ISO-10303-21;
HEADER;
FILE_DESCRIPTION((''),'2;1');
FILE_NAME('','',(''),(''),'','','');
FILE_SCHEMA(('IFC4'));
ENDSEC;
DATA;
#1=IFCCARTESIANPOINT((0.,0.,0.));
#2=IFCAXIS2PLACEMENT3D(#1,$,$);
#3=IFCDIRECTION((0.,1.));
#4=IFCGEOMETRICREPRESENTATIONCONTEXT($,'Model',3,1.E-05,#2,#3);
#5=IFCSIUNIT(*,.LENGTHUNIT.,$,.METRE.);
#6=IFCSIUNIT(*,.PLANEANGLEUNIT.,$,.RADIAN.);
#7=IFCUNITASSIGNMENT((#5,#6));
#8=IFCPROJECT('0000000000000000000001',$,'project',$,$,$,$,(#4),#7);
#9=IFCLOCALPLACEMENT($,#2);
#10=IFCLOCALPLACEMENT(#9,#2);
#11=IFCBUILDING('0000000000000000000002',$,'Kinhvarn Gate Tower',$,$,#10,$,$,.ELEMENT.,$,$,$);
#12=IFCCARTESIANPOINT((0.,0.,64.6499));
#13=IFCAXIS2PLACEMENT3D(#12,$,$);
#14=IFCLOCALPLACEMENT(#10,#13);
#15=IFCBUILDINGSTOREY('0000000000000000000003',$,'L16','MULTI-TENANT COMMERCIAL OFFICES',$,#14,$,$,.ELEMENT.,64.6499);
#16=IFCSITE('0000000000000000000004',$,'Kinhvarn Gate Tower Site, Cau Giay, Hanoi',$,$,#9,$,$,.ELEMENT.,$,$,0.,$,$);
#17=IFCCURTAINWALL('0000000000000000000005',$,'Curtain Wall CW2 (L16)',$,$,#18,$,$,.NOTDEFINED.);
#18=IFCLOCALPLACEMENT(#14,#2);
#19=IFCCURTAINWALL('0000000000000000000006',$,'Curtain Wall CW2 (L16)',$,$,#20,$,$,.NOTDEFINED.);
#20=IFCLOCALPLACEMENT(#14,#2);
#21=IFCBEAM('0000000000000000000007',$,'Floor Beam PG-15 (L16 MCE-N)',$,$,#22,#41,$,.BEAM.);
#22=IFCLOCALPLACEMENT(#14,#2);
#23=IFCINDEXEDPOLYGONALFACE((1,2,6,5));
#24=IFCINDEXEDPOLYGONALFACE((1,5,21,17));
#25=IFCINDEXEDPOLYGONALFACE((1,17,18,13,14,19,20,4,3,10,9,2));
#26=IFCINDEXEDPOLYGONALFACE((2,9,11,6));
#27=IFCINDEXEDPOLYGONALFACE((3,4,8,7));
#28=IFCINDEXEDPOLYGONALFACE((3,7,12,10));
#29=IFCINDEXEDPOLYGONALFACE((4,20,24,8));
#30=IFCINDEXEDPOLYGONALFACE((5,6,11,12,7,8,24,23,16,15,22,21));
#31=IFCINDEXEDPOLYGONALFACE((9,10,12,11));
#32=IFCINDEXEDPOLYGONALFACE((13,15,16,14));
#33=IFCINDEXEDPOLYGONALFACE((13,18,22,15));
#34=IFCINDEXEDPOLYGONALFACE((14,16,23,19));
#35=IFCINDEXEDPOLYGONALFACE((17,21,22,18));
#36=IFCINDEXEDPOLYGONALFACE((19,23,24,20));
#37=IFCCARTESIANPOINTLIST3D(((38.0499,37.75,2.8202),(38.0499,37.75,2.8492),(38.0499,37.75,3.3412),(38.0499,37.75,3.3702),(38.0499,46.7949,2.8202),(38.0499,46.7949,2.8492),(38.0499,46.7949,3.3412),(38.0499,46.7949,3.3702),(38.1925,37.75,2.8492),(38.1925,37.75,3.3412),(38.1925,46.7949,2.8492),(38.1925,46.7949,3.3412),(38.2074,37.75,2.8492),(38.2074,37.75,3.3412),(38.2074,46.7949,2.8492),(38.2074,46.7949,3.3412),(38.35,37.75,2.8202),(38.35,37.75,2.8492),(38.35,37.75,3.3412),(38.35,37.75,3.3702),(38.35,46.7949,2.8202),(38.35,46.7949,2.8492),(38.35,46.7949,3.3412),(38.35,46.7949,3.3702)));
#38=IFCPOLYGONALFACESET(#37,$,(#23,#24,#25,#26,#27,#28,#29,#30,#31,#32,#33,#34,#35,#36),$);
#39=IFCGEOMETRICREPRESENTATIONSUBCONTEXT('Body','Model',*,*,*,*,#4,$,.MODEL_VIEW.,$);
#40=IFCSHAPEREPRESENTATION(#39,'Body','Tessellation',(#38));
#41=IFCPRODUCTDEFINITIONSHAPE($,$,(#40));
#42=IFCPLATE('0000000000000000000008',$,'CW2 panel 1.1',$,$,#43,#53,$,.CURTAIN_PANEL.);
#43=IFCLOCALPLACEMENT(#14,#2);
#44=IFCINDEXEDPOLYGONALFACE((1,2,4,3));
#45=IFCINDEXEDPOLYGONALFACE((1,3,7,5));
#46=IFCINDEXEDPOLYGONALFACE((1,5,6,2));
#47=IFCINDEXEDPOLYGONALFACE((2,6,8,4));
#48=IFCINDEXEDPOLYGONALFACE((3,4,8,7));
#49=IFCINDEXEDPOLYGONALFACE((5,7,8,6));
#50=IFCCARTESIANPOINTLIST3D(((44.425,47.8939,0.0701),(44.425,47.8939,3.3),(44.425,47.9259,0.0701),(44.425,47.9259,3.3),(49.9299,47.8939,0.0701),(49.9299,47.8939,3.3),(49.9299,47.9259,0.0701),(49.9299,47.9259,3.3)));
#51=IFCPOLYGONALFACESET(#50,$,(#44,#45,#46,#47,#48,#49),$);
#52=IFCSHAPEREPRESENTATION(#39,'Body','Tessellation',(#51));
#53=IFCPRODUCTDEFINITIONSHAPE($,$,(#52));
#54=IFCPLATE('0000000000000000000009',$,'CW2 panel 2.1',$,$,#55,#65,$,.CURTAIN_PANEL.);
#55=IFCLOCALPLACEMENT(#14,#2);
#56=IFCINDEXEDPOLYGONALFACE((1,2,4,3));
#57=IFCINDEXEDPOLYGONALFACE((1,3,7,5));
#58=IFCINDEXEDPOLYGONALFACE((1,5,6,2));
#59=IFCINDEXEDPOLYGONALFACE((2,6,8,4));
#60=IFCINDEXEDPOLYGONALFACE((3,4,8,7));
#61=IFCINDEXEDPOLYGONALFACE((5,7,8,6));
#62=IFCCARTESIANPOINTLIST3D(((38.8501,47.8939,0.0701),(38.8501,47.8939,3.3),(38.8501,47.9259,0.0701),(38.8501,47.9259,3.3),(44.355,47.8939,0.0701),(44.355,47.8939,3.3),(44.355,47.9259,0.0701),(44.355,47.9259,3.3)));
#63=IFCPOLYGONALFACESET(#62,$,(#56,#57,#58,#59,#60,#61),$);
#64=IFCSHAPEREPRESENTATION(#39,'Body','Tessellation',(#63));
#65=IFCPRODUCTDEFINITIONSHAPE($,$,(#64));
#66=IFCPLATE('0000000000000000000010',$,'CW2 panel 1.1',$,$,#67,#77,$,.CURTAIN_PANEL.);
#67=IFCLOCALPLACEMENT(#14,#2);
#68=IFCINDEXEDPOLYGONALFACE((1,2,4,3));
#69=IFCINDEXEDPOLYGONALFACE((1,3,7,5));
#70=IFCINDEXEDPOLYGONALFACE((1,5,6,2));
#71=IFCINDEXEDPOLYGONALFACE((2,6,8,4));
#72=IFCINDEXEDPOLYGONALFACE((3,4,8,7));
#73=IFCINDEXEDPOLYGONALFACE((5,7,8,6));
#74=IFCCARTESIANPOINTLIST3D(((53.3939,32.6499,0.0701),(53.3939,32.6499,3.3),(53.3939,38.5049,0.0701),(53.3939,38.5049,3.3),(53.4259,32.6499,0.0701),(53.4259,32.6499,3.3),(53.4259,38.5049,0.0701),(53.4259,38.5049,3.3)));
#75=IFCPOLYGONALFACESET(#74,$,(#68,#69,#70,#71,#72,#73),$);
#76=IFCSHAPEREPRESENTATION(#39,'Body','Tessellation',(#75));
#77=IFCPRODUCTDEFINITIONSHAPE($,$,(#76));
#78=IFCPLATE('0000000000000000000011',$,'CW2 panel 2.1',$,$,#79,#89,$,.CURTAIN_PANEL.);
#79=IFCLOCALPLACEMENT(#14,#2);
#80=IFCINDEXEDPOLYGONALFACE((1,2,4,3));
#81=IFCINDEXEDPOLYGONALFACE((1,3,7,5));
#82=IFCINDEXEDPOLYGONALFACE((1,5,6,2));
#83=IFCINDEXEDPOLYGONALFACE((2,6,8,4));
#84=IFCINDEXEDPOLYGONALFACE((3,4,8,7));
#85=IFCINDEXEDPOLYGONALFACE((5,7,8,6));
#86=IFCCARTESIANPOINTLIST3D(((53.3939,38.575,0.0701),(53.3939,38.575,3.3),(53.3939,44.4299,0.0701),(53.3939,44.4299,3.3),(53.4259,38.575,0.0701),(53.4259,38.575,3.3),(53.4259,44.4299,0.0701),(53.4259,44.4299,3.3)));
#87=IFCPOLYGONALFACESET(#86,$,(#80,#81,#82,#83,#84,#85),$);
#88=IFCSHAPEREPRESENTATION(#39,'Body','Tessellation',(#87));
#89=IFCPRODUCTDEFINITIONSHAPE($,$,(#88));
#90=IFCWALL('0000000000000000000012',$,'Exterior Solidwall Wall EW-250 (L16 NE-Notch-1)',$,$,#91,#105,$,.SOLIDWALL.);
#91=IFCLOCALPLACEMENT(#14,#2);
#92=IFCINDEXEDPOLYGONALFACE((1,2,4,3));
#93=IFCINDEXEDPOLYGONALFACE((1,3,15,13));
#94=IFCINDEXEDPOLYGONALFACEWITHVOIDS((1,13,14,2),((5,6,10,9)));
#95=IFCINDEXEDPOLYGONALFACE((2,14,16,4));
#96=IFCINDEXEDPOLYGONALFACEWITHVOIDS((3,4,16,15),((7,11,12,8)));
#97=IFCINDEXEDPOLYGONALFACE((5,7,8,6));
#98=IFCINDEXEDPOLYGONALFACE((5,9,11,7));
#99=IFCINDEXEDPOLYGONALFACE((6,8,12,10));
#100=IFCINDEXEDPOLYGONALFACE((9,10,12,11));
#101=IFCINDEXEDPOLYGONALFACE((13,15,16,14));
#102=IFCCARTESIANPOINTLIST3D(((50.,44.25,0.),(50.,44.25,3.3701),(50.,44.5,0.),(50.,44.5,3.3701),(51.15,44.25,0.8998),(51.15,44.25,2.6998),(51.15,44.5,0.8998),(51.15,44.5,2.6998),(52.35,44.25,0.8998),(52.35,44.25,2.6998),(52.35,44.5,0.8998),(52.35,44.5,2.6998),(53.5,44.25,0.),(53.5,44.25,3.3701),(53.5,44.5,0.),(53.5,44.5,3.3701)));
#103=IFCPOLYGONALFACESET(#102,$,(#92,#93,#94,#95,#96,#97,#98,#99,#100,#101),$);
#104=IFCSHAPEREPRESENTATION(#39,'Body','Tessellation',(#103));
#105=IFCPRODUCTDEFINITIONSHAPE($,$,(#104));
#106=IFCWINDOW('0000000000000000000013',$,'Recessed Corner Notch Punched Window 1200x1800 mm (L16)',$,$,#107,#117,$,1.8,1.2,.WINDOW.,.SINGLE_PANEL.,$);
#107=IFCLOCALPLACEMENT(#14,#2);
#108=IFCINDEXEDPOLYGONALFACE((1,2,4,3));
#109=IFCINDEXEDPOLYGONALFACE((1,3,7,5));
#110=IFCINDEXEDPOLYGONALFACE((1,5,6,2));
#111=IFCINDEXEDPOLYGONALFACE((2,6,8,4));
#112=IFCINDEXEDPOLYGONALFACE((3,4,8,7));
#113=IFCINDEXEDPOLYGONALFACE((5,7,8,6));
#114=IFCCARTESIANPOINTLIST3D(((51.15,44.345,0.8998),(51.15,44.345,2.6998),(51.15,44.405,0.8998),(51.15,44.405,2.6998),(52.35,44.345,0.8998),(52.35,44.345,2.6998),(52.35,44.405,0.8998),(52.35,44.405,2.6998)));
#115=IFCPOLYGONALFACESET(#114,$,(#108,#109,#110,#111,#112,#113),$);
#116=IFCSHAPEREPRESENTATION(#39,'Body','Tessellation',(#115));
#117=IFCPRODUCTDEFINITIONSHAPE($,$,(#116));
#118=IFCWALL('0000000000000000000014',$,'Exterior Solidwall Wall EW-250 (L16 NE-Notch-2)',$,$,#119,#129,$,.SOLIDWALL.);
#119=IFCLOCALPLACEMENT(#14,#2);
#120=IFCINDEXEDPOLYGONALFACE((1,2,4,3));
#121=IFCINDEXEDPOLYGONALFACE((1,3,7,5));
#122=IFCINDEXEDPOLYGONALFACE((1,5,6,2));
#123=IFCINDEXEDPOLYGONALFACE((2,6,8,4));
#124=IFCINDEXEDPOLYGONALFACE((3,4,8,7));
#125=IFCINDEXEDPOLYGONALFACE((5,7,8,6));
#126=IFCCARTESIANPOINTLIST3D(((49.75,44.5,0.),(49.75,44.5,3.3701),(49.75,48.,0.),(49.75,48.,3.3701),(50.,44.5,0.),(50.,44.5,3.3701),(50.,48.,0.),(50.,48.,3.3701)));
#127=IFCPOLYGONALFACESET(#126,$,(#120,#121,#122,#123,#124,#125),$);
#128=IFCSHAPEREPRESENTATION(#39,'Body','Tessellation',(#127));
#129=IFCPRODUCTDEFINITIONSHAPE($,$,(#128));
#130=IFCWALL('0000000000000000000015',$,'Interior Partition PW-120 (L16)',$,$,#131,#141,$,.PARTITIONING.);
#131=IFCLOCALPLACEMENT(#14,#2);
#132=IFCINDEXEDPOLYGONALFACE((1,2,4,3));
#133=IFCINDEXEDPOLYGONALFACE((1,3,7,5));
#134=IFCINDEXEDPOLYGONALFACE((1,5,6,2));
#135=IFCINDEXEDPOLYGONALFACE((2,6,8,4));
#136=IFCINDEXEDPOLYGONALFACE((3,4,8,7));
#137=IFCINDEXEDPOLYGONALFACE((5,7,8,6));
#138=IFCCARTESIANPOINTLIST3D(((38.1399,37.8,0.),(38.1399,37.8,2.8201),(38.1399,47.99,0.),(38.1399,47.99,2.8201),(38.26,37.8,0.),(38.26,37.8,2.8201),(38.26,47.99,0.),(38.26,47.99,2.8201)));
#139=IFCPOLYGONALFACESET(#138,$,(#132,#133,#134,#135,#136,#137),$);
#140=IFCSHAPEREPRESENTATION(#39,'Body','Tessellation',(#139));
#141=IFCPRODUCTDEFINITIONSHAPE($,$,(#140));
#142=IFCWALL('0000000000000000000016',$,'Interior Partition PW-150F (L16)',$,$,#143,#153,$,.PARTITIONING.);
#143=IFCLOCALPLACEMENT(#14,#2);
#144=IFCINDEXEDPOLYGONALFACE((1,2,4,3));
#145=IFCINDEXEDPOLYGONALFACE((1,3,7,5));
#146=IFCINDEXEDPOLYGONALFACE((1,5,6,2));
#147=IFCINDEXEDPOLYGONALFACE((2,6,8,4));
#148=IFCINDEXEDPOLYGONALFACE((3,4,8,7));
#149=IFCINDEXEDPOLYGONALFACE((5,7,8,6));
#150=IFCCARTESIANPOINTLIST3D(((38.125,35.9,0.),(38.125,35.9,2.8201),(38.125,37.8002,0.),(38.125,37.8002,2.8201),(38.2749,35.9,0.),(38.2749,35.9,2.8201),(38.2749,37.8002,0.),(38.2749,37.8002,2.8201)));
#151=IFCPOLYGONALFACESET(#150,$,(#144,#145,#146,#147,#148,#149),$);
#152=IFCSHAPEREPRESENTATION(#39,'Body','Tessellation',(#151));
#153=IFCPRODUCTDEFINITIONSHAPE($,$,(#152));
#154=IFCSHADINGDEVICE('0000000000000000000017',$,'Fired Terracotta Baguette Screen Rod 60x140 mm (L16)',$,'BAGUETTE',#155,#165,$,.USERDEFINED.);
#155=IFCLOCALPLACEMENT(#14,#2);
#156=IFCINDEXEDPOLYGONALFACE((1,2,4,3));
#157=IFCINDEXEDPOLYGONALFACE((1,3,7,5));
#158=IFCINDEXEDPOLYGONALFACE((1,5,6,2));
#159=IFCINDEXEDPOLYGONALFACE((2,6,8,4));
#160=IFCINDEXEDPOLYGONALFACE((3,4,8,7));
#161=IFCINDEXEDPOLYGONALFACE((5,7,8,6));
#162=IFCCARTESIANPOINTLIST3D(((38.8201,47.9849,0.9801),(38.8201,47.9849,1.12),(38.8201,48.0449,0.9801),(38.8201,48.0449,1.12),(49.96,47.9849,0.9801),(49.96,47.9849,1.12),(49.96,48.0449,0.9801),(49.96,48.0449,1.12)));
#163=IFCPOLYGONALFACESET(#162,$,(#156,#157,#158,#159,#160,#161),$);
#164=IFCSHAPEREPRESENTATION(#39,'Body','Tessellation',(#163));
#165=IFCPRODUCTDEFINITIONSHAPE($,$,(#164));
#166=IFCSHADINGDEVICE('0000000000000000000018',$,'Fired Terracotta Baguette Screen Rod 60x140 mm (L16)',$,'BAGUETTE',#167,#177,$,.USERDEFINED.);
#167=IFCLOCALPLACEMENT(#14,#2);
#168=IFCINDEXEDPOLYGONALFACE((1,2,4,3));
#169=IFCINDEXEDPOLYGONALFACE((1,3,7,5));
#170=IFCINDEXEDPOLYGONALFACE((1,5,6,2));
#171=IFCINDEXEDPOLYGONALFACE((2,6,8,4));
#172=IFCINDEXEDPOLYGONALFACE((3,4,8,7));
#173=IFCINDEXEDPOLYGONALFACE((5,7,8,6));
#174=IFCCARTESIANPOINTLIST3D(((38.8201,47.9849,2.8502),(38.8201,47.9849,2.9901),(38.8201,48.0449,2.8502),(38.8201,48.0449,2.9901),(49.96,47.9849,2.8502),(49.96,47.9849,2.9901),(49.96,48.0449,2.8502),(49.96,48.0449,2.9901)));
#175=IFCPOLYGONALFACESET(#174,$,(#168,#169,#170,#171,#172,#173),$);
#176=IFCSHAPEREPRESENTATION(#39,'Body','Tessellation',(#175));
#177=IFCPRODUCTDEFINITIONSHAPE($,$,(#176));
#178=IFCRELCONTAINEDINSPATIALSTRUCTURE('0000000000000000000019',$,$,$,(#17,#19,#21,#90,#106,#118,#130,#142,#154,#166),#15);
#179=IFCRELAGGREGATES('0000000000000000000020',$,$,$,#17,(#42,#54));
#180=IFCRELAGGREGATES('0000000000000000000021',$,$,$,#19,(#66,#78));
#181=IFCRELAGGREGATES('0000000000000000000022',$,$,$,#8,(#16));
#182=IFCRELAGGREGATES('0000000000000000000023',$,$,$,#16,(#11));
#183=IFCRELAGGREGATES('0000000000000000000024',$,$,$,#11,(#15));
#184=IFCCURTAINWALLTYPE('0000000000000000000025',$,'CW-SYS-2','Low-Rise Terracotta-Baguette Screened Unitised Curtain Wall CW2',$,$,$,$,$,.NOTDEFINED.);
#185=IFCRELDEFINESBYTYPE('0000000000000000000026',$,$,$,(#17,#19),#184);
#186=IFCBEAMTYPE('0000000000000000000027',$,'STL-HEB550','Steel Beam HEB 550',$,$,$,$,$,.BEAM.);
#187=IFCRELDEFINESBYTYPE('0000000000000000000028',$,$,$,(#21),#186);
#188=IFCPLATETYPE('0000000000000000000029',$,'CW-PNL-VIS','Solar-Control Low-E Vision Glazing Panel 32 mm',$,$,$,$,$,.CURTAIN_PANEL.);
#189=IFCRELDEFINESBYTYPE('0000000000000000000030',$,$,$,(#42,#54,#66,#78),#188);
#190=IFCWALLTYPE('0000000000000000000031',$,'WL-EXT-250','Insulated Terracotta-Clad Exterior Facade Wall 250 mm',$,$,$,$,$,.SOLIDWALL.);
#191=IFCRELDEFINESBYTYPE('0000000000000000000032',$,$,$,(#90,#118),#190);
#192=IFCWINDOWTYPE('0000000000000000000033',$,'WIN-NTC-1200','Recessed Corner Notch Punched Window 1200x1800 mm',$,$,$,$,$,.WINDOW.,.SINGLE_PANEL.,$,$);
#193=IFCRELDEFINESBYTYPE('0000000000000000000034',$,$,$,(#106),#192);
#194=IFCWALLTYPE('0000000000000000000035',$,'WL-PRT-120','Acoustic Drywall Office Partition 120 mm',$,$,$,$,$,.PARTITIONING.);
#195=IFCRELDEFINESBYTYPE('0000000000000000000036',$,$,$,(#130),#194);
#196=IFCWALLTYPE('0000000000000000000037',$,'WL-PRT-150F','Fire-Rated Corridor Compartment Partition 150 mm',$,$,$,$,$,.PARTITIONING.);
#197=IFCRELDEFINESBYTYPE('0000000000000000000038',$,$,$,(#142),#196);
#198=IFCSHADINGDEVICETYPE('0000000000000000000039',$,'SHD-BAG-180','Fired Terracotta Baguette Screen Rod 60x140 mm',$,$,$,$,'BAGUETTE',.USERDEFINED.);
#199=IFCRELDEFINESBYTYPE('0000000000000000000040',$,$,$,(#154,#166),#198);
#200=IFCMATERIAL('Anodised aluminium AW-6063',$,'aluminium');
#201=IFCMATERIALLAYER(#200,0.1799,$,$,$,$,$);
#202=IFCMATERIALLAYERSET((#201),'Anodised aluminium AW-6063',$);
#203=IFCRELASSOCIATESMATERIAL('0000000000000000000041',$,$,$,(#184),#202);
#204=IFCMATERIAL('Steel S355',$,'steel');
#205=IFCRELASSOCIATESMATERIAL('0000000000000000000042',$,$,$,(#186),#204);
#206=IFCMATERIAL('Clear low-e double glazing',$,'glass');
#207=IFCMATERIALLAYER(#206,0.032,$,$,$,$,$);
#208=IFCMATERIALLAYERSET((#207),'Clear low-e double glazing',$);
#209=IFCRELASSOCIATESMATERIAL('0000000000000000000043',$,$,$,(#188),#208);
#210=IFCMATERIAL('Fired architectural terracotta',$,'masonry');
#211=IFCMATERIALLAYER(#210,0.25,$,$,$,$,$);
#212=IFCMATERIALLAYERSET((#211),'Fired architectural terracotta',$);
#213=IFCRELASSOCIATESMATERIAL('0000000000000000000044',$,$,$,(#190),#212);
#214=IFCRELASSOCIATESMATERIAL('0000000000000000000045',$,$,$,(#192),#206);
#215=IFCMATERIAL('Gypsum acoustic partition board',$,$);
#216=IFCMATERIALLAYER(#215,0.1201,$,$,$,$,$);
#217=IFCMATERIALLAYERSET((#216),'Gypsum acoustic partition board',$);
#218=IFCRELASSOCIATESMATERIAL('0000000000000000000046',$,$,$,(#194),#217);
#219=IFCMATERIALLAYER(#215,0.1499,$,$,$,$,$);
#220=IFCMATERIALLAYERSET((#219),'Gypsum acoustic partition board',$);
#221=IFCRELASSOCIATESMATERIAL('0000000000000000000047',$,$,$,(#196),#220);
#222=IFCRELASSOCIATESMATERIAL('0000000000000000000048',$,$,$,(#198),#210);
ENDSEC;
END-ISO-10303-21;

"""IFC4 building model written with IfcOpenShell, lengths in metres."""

from ifc_helpers import new_model, si_unit, direction, frame, frame_2d, origin, origin_2d, place, context, subcontext, project, spatial, rectangle, i_section, extrude, material, layer, layer_set, material_profile, profile_set, type_object, element, fill, aggregate, save


model = new_model("IFC4")

# Units and contexts
model_context = context("Model", 3, precision=1e-05, world=origin(), true_north=direction((0.0, 1.0)))
body_context = subcontext(model_context, "Body", "Model", "MODEL_VIEW")
ifc_project = project(units=[si_unit("LENGTHUNIT", "METRE"), si_unit("PLANEANGLEUNIT", "RADIAN")], contexts=[model_context])

# Site, building, storey
site_placement = place(None, origin())
site = spatial("IfcSite", under=ifc_project, at=site_placement, Name="Kinhvarn Gate Tower Site, Cau Giay, Hanoi", CompositionType="ELEMENT", RefElevation=0.0)
building_placement = place(site_placement, origin())
building = spatial("IfcBuilding", under=site, at=building_placement, Name="Kinhvarn Gate Tower", CompositionType="ELEMENT")
storey_placement = place(building_placement, frame((0.0, 0.0, 64.6499)))
storey = spatial("IfcBuildingStorey", under=building, at=storey_placement, Name="L16", Description="MULTI-TENANT COMMERCIAL OFFICES", CompositionType="ELEMENT", Elevation=64.6499)

# Curtain walls
ifc_material_1 = material(Name="Anodised aluminium AW-6063", Category="aluminium")
ifc_layer_1 = layer(ifc_material_1, 0.1799)
ifc_layer_set_1 = layer_set([ifc_layer_1], Name="Anodised aluminium AW-6063")
curtain_wall_type = type_object("IfcCurtainWallType", Name="CW-SYS-2", Description="Low-Rise Terracotta-Baguette Screened Unitised Curtain Wall CW2", PredefinedType="NOTDEFINED", material=ifc_layer_set_1)
curtain_wall_1_placement = place(storey_placement, origin())
curtain_wall_1 = element("IfcCurtainWall", 1, at=curtain_wall_1_placement, inside=storey, type_object=curtain_wall_type, Name="Curtain Wall CW2 (L16)", PredefinedType="NOTDEFINED")
curtain_wall_2_placement = place(storey_placement, origin())
curtain_wall_2 = element("IfcCurtainWall", 2, at=curtain_wall_2_placement, inside=storey, type_object=curtain_wall_type, Name="Curtain Wall CW2 (L16)", PredefinedType="NOTDEFINED")

# Beam
ifc_material_2 = material(Name="Steel S355", Category="steel")
ifc_material_profile_1 = material_profile(ifc_material_2, i_section(OverallWidth=0.3, OverallDepth=0.55, WebThickness=0.0149, FlangeThickness=0.0291, at=origin_2d()), Name="HEB 550")
ifc_profile_set_1 = profile_set([ifc_material_profile_1], Name="Steel S355")
beam_type = type_object("IfcBeamType", Name="STL-HEB550", Description="Steel Beam HEB 550", PredefinedType="BEAM", material=ifc_profile_set_1)
beam_placement = place(storey_placement, frame((38.2, 37.75, 3.0952), z_axis=(0.0, 1.0, 0.0), x_axis=(-1.0, 0.0, 0.0)))
element("IfcBeam", 3, at=beam_placement, inside=storey, type_object=beam_type, Name="Floor Beam PG-15 (L16 MCE-N)", PredefinedType="BEAM", context=body_context, shape_type="SweptSolid", body=[
    extrude(i_section(OverallWidth=0.3, OverallDepth=0.55, WebThickness=0.0149, FlangeThickness=0.0291, at=origin_2d()), origin(), (0.0, 0.0, 1.0), 9.0449),
])

# Plates
ifc_material_3 = material(Name="Clear low-e double glazing", Category="glass")
ifc_layer_2 = layer(ifc_material_3, 0.032)
ifc_layer_set_2 = layer_set([ifc_layer_2], Name="Clear low-e double glazing")
plate_type = type_object("IfcPlateType", Name="CW-PNL-VIS", Description="Solar-Control Low-E Vision Glazing Panel 32 mm", PredefinedType="CURTAIN_PANEL", material=ifc_layer_set_2)
plate_1_placement = place(storey_placement, frame((47.1775, 47.9099, 0.0701), z_axis=(0.0, 0.0, 1.0), x_axis=(-1.0, 0.0, 0.0)))
plate_1 = element("IfcPlate", 4, at=plate_1_placement, type_object=plate_type, Name="CW2 panel 1.1", PredefinedType="CURTAIN_PANEL", context=body_context, shape_type="SweptSolid", body=[
    extrude(rectangle(XDim=5.5049, YDim=0.032, at=origin_2d()), origin(), (0.0, 0.0, 1.0), 3.23),
])
plate_2_placement = place(storey_placement, frame((41.6025, 47.9099, 0.0701), z_axis=(0.0, 0.0, 1.0), x_axis=(-1.0, 0.0, 0.0)))
plate_2 = element("IfcPlate", 5, at=plate_2_placement, type_object=plate_type, Name="CW2 panel 2.1", PredefinedType="CURTAIN_PANEL", context=body_context, shape_type="SweptSolid", body=[
    extrude(rectangle(XDim=5.5049, YDim=0.032, at=origin_2d()), origin(), (0.0, 0.0, 1.0), 3.23),
])
aggregate(curtain_wall_1, [plate_1, plate_2])
plate_3_placement = place(storey_placement, frame((53.4099, 35.5774, 0.0701), z_axis=(0.0, 0.0, 1.0), x_axis=(0.0, 1.0, 0.0)))
plate_3 = element("IfcPlate", 6, at=plate_3_placement, type_object=plate_type, Name="CW2 panel 1.1", PredefinedType="CURTAIN_PANEL", context=body_context, shape_type="SweptSolid", body=[
    extrude(rectangle(XDim=5.855, YDim=0.032, at=origin_2d()), origin(), (0.0, 0.0, 1.0), 3.23),
])
plate_4_placement = place(storey_placement, frame((53.4099, 41.5024, 0.0701), z_axis=(0.0, 0.0, 1.0), x_axis=(0.0, 1.0, 0.0)))
plate_4 = element("IfcPlate", 7, at=plate_4_placement, type_object=plate_type, Name="CW2 panel 2.1", PredefinedType="CURTAIN_PANEL", context=body_context, shape_type="SweptSolid", body=[
    extrude(rectangle(XDim=5.855, YDim=0.032, at=origin_2d()), origin(), (0.0, 0.0, 1.0), 3.23),
])
aggregate(curtain_wall_2, [plate_3, plate_4])

# Wall, opening, window
ifc_material_4 = material(Name="Fired architectural terracotta", Category="masonry")
ifc_layer_3 = layer(ifc_material_4, 0.25)
ifc_layer_set_3 = layer_set([ifc_layer_3], Name="Fired architectural terracotta")
wall_type_1 = type_object("IfcWallType", Name="WL-EXT-250", Description="Insulated Terracotta-Clad Exterior Facade Wall 250 mm", PredefinedType="SOLIDWALL", material=ifc_layer_set_3)
wall_1_placement = place(storey_placement, frame((53.5, 44.375, 0.0), z_axis=(0.0, 0.0, 1.0), x_axis=(-1.0, 0.0, 0.0)))
wall_1 = element("IfcWall", 8, at=wall_1_placement, inside=storey, type_object=wall_type_1, Name="Exterior Solidwall Wall EW-250 (L16 NE-Notch-1)", PredefinedType="SOLIDWALL", context=body_context, shape_type="SweptSolid", body=[
    extrude(rectangle(XDim=3.5, YDim=0.25, at=frame_2d((1.75, 0.0))), origin(), (0.0, 0.0, 1.0), 3.3701),
])
opening_placement = place(wall_1_placement, frame((1.1499, 0.0, 0.8999)))
opening = element("IfcOpeningElement", 9, at=opening_placement, cuts=wall_1, PredefinedType="OPENING", context=body_context, shape_type="SweptSolid", body=[
    extrude(rectangle(XDim=1.2, YDim=1.8, at=frame_2d((0.6001, 0.8999))), frame((0.0, 0.135, 0.0), z_axis=(0.0, -1.0, 0.0), x_axis=(1.0, 0.0, 0.0)), (0.0, 0.0, 1.0), 0.27),
])
window_type = type_object("IfcWindowType", Name="WIN-NTC-1200", Description="Recessed Corner Notch Punched Window 1200x1800 mm", PartitioningType="SINGLE_PANEL", PredefinedType="WINDOW", material=ifc_material_3)
window_placement = place(opening_placement, origin())
window = element("IfcWindow", 10, at=window_placement, inside=storey, type_object=window_type, Name="Recessed Corner Notch Punched Window 1200x1800 mm (L16)", OverallHeight=1.8, OverallWidth=1.2, PartitioningType="SINGLE_PANEL", PredefinedType="WINDOW", context=body_context, shape_type="SweptSolid", body=[
    extrude(rectangle(XDim=1.2, YDim=1.8, at=frame_2d((0.6001, 0.8999))), frame((0.0, 0.03, 0.0), z_axis=(0.0, -1.0, 0.0), x_axis=(1.0, 0.0, 0.0)), (0.0, 0.0, 1.0), 0.0601),
])
fill(opening, window)

# Walls
wall_2_placement = place(storey_placement, frame((49.875, 44.5, 0.0), z_axis=(0.0, 0.0, 1.0), x_axis=(0.0, 1.0, 0.0)))
element("IfcWall", 11, at=wall_2_placement, inside=storey, type_object=wall_type_1, Name="Exterior Solidwall Wall EW-250 (L16 NE-Notch-2)", PredefinedType="SOLIDWALL", context=body_context, shape_type="SweptSolid", body=[
    extrude(rectangle(XDim=3.5, YDim=0.25, at=frame_2d((1.75, 0.0))), origin(), (0.0, 0.0, 1.0), 3.3701),
])
ifc_material_5 = material(Name="Gypsum acoustic partition board")
ifc_layer_4 = layer(ifc_material_5, 0.1201)
ifc_layer_set_4 = layer_set([ifc_layer_4], Name="Gypsum acoustic partition board")
wall_type_2 = type_object("IfcWallType", Name="WL-PRT-120", Description="Acoustic Drywall Office Partition 120 mm", PredefinedType="PARTITIONING", material=ifc_layer_set_4)
wall_3_placement = place(storey_placement, frame((38.2, 37.8, 0.0), z_axis=(0.0, 0.0, 1.0), x_axis=(0.0, 1.0, 0.0)))
element("IfcWall", 12, at=wall_3_placement, inside=storey, type_object=wall_type_2, Name="Interior Partition PW-120 (L16)", PredefinedType="PARTITIONING", context=body_context, shape_type="SweptSolid", body=[
    extrude(rectangle(XDim=10.1899, YDim=0.1201, at=frame_2d((5.095, 0.0))), origin(), (0.0, 0.0, 1.0), 2.8201),
])
ifc_layer_5 = layer(ifc_material_5, 0.1499)
ifc_layer_set_5 = layer_set([ifc_layer_5], Name="Gypsum acoustic partition board")
wall_type_3 = type_object("IfcWallType", Name="WL-PRT-150F", Description="Fire-Rated Corridor Compartment Partition 150 mm", PredefinedType="PARTITIONING", material=ifc_layer_set_5)
wall_4_placement = place(storey_placement, frame((38.2, 35.8999, 0.0), z_axis=(0.0, 0.0, 1.0), x_axis=(0.0, 1.0, 0.0)))
element("IfcWall", 13, at=wall_4_placement, inside=storey, type_object=wall_type_3, Name="Interior Partition PW-150F (L16)", PredefinedType="PARTITIONING", context=body_context, shape_type="SweptSolid", body=[
    extrude(rectangle(XDim=1.9001, YDim=0.1499, at=frame_2d((0.9502, 0.0))), origin(), (0.0, 0.0, 1.0), 2.8201),
])

# Shading devices
ifc_material_profile_2 = material_profile(ifc_material_4, rectangle(XDim=0.0601, YDim=0.1399, at=origin_2d()), Name="TC 60x140")
ifc_profile_set_2 = profile_set([ifc_material_profile_2], Name="Fired architectural terracotta")
shading_device_type = type_object("IfcShadingDeviceType", Name="SHD-BAG-180", Description="Fired Terracotta Baguette Screen Rod 60x140 mm", ElementType="BAGUETTE", PredefinedType="USERDEFINED", material=ifc_profile_set_2)
for number, where, z_axis, x_axis, name in (
    (14, (49.96, 48.0149, 1.05), (-1.0, 0.0, 0.0), (0.0, -1.0, 0.0), "Fired Terracotta Baguette Screen Rod 60x140 mm (L16)"),
    (15, (49.96, 48.0149, 2.9202), (-1.0, 0.0, 0.0), (0.0, -1.0, 0.0), "Fired Terracotta Baguette Screen Rod 60x140 mm (L16)"),
):
    element("IfcShadingDevice", number, at=place(storey_placement, frame(where, z_axis=z_axis, x_axis=x_axis)), inside=storey, type_object=shading_device_type, Name=name, ObjectType="BAGUETTE", PredefinedType="USERDEFINED", context=body_context, shape_type="SweptSolid", body=[
        extrude(rectangle(XDim=0.0601, YDim=0.1399, at=origin_2d()), origin(), (0.0, 0.0, 1.0), 11.1399),
    ])

save(model, "model.ifc")
